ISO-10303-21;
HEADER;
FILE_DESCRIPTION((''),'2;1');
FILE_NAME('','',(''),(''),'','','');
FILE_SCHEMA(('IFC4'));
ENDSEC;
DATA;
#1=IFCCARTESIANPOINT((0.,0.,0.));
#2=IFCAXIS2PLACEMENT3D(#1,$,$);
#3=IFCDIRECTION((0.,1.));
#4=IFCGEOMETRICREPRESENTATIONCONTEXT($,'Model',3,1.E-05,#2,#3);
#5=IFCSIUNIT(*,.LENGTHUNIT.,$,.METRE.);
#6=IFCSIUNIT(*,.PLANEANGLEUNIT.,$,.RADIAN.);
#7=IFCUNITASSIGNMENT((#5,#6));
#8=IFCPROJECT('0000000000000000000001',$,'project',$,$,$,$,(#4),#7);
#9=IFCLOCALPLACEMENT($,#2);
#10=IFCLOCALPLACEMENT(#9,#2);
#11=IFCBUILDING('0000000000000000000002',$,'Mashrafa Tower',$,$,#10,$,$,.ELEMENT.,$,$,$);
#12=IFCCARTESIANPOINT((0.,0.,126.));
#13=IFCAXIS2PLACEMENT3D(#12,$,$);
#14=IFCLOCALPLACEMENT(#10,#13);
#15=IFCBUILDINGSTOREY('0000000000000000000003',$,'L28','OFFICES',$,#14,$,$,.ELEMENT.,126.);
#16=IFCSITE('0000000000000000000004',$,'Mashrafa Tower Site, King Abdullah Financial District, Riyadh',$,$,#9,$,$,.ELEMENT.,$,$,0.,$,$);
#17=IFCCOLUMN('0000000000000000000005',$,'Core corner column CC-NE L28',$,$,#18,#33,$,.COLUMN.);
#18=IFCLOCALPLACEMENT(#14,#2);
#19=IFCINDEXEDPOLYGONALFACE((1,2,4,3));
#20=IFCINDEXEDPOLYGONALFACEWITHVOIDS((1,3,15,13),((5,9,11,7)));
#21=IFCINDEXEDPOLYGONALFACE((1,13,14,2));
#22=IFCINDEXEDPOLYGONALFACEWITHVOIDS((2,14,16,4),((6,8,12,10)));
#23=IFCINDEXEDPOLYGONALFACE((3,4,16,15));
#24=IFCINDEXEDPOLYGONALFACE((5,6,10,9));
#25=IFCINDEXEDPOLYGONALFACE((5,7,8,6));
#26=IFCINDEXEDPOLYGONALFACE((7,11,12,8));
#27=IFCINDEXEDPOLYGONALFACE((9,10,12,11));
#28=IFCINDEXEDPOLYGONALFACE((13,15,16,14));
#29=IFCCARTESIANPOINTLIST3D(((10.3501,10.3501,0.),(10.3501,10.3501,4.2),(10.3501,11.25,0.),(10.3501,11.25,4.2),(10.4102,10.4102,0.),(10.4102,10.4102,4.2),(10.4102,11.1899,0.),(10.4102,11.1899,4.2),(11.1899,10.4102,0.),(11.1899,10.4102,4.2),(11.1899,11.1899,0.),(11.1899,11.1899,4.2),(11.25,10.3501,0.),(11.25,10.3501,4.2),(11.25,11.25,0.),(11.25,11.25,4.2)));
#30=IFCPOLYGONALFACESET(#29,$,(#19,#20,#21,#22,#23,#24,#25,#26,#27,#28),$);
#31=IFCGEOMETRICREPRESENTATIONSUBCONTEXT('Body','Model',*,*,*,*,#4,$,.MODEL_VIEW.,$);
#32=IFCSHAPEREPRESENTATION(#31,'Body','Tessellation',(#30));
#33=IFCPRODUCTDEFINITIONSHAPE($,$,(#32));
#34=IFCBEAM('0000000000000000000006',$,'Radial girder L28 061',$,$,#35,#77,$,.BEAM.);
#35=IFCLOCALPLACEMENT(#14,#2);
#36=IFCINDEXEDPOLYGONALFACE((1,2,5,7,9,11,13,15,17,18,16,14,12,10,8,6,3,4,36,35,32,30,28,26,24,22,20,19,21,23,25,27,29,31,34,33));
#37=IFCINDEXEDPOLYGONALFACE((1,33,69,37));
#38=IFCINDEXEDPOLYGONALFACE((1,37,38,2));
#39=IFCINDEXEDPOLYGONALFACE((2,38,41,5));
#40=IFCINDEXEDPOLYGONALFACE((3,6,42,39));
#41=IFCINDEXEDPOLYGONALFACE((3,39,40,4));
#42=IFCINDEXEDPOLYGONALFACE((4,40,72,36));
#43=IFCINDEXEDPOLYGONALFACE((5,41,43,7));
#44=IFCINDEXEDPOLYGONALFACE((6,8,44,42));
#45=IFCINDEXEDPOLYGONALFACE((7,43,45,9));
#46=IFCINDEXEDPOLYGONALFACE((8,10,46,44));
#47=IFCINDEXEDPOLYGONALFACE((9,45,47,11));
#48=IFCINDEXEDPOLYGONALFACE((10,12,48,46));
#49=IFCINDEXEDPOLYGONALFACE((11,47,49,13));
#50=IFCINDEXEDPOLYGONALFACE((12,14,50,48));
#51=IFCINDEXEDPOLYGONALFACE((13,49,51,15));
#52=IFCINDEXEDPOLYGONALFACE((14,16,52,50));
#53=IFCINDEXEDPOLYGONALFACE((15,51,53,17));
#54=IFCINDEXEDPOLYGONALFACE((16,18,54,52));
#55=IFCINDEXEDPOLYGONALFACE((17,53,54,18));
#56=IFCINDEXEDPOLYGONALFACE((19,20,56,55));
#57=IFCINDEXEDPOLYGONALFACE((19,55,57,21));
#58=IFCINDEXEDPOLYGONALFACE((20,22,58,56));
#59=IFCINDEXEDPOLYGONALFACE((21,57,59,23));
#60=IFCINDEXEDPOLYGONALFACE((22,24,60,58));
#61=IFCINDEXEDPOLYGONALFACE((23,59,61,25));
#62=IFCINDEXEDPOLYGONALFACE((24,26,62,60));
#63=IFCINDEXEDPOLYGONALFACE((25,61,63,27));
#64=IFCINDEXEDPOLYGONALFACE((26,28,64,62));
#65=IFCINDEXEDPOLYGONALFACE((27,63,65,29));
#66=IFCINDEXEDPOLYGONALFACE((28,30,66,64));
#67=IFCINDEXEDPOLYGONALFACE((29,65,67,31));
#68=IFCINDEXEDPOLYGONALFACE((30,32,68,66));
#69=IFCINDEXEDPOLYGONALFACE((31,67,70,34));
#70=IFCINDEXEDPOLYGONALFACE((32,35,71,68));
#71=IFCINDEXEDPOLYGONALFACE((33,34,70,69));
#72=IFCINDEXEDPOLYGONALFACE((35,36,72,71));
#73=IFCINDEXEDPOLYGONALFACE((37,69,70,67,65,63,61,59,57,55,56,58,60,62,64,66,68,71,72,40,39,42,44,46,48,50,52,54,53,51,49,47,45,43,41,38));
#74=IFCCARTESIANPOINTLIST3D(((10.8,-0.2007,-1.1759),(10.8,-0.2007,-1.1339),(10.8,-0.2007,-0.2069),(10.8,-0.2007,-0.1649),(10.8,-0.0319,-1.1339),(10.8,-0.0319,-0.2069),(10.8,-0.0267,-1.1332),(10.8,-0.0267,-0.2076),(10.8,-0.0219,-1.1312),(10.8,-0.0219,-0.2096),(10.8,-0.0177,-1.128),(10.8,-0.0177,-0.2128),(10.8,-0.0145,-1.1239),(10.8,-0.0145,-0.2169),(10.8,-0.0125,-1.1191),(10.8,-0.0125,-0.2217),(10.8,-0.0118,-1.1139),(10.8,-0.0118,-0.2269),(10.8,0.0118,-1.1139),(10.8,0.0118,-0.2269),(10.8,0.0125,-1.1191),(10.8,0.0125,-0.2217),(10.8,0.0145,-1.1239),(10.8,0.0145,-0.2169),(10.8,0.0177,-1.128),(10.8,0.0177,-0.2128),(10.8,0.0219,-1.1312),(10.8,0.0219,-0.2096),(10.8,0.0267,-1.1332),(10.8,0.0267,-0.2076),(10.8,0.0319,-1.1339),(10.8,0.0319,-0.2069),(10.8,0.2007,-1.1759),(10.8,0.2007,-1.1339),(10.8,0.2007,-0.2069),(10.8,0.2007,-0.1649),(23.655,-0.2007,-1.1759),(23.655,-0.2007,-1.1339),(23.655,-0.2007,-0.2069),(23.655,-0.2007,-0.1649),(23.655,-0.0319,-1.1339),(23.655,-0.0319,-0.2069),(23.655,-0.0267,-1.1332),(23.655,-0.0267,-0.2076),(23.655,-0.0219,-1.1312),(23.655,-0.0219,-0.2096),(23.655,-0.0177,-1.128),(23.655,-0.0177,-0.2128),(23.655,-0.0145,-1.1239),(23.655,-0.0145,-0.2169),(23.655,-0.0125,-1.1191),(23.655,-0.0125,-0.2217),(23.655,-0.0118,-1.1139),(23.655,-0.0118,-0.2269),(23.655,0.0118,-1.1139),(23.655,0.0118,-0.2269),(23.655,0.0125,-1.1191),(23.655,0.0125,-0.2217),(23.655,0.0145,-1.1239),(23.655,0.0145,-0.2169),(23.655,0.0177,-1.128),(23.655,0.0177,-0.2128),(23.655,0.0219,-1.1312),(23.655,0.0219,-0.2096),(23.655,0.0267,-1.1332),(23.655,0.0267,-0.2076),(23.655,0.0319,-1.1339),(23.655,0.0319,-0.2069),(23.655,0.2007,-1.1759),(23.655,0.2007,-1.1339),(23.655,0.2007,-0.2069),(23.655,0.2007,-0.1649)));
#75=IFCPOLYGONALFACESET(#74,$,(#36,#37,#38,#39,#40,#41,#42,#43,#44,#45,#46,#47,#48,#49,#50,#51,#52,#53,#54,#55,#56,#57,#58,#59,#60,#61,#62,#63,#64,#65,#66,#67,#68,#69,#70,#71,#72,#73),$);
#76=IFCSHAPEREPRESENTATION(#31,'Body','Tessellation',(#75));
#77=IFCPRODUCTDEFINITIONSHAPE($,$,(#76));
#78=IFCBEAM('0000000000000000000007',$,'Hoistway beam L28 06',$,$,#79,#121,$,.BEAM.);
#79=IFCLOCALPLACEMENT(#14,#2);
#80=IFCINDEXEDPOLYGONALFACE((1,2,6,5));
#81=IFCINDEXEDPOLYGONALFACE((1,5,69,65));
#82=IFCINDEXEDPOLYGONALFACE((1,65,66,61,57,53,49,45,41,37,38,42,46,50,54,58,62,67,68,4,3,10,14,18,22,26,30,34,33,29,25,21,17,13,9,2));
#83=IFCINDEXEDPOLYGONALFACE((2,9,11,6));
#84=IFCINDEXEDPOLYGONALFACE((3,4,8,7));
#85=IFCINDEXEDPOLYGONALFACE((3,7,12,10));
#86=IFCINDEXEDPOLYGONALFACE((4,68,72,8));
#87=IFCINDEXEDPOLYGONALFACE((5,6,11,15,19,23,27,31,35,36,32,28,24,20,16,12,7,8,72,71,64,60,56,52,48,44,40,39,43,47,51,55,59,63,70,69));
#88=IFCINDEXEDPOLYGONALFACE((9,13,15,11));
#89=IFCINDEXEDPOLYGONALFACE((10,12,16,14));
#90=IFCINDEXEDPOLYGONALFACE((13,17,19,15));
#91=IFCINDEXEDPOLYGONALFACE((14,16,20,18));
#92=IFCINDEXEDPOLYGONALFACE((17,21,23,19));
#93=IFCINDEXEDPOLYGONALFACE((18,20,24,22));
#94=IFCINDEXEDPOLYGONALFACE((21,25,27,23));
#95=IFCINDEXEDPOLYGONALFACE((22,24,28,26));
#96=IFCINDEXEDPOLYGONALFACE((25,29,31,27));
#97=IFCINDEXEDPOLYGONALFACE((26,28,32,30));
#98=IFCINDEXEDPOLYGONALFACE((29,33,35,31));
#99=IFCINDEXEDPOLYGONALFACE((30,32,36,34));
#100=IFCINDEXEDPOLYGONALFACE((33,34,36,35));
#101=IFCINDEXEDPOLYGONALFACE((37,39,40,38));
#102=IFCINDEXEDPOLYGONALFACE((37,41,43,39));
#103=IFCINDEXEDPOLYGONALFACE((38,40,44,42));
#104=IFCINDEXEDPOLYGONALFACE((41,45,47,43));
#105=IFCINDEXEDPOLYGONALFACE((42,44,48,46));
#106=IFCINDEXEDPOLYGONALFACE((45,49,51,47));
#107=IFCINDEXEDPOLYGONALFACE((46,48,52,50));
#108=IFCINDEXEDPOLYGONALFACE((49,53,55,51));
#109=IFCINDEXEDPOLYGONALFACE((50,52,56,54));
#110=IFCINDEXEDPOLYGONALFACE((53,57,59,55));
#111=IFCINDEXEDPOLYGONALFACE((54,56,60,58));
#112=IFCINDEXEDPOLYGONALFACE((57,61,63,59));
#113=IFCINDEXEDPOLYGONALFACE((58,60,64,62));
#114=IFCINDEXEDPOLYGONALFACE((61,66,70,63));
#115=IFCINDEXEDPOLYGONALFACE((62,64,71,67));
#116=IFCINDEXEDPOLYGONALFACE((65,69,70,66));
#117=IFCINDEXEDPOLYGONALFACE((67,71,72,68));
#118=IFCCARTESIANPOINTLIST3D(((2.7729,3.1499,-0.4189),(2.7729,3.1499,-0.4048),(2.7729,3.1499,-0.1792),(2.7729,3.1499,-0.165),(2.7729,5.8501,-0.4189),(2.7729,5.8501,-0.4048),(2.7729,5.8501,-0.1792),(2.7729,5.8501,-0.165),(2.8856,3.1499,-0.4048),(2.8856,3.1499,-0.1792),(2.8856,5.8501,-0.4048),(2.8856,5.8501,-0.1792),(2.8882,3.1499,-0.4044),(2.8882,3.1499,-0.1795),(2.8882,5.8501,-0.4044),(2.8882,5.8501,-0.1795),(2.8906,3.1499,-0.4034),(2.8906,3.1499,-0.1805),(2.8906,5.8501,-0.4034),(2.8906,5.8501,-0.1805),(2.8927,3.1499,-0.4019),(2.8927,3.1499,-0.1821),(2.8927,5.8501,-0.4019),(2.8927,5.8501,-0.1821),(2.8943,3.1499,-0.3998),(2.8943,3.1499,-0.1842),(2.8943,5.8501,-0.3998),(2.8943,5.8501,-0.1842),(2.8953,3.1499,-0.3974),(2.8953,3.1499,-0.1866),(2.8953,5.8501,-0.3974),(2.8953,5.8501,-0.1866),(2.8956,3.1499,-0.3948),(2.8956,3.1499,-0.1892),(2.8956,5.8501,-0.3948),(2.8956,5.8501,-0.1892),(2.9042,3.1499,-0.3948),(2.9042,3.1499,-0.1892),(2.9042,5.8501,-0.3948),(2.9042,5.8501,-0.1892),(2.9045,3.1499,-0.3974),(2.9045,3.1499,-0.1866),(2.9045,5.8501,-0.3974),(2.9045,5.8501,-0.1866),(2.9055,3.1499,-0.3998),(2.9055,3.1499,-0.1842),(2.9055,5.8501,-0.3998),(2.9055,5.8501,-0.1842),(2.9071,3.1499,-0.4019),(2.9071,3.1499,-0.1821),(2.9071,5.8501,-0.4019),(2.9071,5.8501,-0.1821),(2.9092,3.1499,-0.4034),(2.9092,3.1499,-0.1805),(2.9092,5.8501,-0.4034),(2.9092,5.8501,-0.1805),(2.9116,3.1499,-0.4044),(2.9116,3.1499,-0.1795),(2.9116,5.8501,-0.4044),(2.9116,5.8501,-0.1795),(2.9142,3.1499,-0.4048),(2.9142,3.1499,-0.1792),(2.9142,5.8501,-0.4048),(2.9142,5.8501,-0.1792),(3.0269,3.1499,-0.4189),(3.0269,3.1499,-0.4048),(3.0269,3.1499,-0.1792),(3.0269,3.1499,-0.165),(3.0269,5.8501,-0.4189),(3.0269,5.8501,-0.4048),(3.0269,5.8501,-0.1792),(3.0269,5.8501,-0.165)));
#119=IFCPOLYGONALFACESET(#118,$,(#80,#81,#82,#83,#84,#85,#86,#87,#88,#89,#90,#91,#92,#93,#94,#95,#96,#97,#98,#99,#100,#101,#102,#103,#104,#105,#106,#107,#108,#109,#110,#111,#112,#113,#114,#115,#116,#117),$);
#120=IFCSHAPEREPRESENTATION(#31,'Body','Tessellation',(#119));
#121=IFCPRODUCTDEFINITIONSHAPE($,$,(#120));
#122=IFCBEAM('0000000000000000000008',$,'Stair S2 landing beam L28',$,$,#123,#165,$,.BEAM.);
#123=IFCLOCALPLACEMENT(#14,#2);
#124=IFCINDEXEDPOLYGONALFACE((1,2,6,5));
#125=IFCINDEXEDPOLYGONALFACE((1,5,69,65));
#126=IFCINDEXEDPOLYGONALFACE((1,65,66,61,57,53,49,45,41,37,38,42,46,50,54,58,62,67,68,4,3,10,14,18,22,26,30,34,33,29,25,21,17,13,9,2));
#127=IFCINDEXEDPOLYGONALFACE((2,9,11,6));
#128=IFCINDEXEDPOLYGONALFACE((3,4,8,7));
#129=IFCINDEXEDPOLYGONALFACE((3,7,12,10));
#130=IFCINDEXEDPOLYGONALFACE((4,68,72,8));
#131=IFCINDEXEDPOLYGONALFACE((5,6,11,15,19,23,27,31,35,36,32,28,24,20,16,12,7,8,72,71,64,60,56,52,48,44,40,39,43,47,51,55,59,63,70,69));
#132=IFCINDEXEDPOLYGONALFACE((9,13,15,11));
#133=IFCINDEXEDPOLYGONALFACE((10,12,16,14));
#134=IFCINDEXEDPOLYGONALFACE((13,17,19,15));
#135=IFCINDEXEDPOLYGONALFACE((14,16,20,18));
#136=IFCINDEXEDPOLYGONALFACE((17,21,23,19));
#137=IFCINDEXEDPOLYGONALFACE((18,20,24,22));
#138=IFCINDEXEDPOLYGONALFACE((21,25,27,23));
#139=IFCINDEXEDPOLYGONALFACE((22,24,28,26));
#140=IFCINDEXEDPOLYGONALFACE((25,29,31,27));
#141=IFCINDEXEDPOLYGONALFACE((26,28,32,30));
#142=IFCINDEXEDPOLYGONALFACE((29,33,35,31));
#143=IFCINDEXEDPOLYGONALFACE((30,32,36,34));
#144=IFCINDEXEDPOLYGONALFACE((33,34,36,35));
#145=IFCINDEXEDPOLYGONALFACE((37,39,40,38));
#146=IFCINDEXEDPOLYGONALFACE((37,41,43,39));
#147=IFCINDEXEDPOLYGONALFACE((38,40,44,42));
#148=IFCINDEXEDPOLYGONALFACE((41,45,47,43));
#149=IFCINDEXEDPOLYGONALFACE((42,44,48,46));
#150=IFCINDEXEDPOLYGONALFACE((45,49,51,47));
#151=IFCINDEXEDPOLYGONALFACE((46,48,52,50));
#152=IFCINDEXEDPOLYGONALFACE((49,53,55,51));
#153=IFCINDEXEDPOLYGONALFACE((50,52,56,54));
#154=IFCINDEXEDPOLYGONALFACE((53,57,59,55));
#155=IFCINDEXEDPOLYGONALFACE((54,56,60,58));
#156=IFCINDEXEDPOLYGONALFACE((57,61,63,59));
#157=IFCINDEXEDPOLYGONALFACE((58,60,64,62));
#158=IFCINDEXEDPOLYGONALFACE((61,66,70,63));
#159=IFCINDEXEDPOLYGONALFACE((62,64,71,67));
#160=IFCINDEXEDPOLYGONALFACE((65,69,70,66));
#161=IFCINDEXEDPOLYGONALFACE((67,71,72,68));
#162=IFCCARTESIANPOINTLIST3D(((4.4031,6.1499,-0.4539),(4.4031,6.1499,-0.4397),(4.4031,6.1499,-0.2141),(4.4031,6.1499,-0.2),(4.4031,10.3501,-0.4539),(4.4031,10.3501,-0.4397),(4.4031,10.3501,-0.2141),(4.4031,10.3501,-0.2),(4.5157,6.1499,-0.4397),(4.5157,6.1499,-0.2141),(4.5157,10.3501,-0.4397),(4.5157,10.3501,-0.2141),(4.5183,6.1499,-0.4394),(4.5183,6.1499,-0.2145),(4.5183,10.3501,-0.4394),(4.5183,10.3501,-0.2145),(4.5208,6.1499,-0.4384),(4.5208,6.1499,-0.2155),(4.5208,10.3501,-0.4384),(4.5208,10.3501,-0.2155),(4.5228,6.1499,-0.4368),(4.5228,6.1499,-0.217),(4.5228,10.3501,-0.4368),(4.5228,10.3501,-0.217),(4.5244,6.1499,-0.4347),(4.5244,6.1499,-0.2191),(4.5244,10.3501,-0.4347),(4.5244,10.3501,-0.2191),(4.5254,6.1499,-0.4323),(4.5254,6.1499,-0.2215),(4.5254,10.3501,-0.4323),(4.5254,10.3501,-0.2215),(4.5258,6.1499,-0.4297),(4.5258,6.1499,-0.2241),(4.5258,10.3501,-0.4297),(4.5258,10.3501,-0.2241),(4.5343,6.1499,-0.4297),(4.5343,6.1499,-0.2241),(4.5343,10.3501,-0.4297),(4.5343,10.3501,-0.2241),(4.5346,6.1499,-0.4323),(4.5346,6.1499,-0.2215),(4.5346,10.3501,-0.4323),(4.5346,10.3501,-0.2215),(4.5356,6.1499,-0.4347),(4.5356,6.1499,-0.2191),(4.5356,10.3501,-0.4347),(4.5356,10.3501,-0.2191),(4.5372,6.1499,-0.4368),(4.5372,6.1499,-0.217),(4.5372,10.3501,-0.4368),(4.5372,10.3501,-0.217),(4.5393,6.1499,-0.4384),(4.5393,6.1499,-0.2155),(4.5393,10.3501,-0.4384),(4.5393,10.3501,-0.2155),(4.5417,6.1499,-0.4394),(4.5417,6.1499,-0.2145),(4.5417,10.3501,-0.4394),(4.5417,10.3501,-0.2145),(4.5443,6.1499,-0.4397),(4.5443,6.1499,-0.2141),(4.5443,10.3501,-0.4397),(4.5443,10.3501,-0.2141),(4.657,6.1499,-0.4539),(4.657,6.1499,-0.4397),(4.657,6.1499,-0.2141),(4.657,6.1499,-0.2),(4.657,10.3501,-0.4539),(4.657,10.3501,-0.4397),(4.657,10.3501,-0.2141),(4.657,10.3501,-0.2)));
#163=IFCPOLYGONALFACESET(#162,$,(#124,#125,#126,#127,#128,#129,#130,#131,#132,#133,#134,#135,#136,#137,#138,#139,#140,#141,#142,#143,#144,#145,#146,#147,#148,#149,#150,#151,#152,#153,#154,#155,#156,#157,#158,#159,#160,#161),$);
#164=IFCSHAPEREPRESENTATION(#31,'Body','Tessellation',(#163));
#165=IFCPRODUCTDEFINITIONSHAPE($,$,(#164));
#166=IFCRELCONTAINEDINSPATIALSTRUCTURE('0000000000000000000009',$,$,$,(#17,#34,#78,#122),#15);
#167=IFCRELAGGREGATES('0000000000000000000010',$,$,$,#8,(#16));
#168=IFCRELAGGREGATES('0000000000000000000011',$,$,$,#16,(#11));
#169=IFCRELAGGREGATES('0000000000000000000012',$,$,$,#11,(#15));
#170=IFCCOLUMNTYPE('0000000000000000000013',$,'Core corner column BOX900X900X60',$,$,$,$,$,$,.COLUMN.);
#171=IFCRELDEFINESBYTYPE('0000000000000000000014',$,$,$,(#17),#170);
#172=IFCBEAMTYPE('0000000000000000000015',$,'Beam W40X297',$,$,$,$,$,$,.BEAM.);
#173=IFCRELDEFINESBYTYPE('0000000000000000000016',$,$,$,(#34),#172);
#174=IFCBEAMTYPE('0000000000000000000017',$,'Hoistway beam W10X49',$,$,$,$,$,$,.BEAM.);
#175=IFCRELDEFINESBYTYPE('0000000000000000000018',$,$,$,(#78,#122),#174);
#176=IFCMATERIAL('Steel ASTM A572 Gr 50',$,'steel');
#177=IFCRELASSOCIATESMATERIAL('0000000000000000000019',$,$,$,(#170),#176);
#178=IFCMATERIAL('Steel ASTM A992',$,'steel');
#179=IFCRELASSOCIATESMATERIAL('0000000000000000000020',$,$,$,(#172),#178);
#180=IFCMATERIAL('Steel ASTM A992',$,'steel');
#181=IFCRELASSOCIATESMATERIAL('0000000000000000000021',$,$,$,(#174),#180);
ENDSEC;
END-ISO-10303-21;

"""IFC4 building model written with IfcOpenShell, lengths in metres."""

from ifc_helpers import new_model, si_unit, direction, frame, origin, origin_2d, place, context, subcontext, project, spatial, hollow_rectangle, i_section, extrude, material, material_profile, profile_set, type_object, element, save


model = new_model("IFC4")

# Units and contexts
model_context = context("Model", 3, precision=1e-05, world=origin(), true_north=direction((0.0, 1.0)))
body_context = subcontext(model_context, "Body", "Model", "MODEL_VIEW")
ifc_project = project(units=[si_unit("LENGTHUNIT", "METRE"), si_unit("PLANEANGLEUNIT", "RADIAN")], contexts=[model_context])

# Site, building, storey
site_placement = place(None, origin())
site = spatial("IfcSite", under=ifc_project, at=site_placement, Name="Mashrafa Tower Site, King Abdullah Financial District, Riyadh", CompositionType="ELEMENT", RefElevation=0.0)
building_placement = place(site_placement, origin())
building = spatial("IfcBuilding", under=site, at=building_placement, Name="Mashrafa Tower", CompositionType="ELEMENT")
storey_placement = place(building_placement, frame((0.0, 0.0, 126.0)))
storey = spatial("IfcBuildingStorey", under=building, at=storey_placement, Name="L28", Description="OFFICES", CompositionType="ELEMENT", Elevation=126.0)

# Column
ifc_material_1 = material(Name="Steel ASTM A572 Gr 50", Category="steel")
ifc_material_profile_1 = material_profile(ifc_material_1, hollow_rectangle(XDim=0.8999, YDim=0.8999, WallThickness=0.0601, at=origin_2d()), Name="BOX900X900X60")
ifc_profile_set_1 = profile_set([ifc_material_profile_1], Name="Steel ASTM A572 Gr 50")
column_type = type_object("IfcColumnType", Name="Core corner column BOX900X900X60", PredefinedType="COLUMN", material=ifc_profile_set_1)
column_placement = place(storey_placement, frame((10.8, 10.8, 0.0), z_axis=(0.0, 0.0, 1.0), x_axis=(1.0, 0.0, 0.0)))
element("IfcColumn", 1, at=column_placement, inside=storey, type_object=column_type, Name="Core corner column CC-NE L28", PredefinedType="COLUMN", context=body_context, shape_type="SweptSolid", body=[
    extrude(hollow_rectangle(XDim=0.8999, YDim=0.8999, WallThickness=0.0601, at=origin_2d()), origin(), (0.0, 0.0, 1.0), 4.2),
])

# Beams
ifc_material_2 = material(Name="Steel ASTM A992", Category="steel")
ifc_material_profile_2 = material_profile(ifc_material_2, i_section(OverallWidth=0.4014, OverallDepth=1.011, WebThickness=0.0237, FlangeThickness=0.042, FilletRadius=0.02, at=origin_2d()), Name="W40X297")
ifc_profile_set_2 = profile_set([ifc_material_profile_2], Name="Steel ASTM A992")
beam_type_1 = type_object("IfcBeamType", Name="Beam W40X297", PredefinedType="BEAM", material=ifc_profile_set_2)
beam_1_placement = place(storey_placement, frame((10.8, 0.0, -0.6704), z_axis=(1.0, 0.0, 0.0), x_axis=(0.0, 1.0, 0.0)))
element("IfcBeam", 2, at=beam_1_placement, inside=storey, type_object=beam_type_1, Name="Radial girder L28 061", PredefinedType="BEAM", context=body_context, shape_type="SweptSolid", body=[
    extrude(i_section(OverallWidth=0.4014, OverallDepth=1.011, WebThickness=0.0237, FlangeThickness=0.042, FilletRadius=0.02, at=origin_2d()), origin(), (0.0, 0.0, 1.0), 12.855),
])
ifc_material_3 = material(Name="Steel ASTM A992", Category="steel")
ifc_material_profile_3 = material_profile(ifc_material_3, i_section(OverallWidth=0.2539, OverallDepth=0.2539, WebThickness=0.0085, FlangeThickness=0.0142, FilletRadius=0.01, at=origin_2d()), Name="W10X49")
ifc_profile_set_3 = profile_set([ifc_material_profile_3], Name="Steel ASTM A992")
beam_type_2 = type_object("IfcBeamType", Name="Hoistway beam W10X49", PredefinedType="BEAM", material=ifc_profile_set_3)
beam_2_placement = place(storey_placement, frame((2.8999, 3.1499, -0.292), z_axis=(0.0, 1.0, 0.0), x_axis=(-1.0, 0.0, 0.0)))
element("IfcBeam", 3, at=beam_2_placement, inside=storey, type_object=beam_type_2, Name="Hoistway beam L28 06", PredefinedType="BEAM", context=body_context, shape_type="SweptSolid", body=[
    extrude(i_section(OverallWidth=0.2539, OverallDepth=0.2539, WebThickness=0.0085, FlangeThickness=0.0142, FilletRadius=0.01, at=origin_2d()), origin(), (0.0, 0.0, 1.0), 2.7002),
])
beam_3_placement = place(storey_placement, frame((4.53, 6.1499, -0.3269), z_axis=(0.0, 1.0, 0.0), x_axis=(-1.0, 0.0, 0.0)))
element("IfcBeam", 4, at=beam_3_placement, inside=storey, type_object=beam_type_2, Name="Stair S2 landing beam L28", PredefinedType="BEAM", context=body_context, shape_type="SweptSolid", body=[
    extrude(i_section(OverallWidth=0.2539, OverallDepth=0.2539, WebThickness=0.0085, FlangeThickness=0.0142, FilletRadius=0.01, at=origin_2d()), origin(), (0.0, 0.0, 1.0), 4.2002),
])

save(model, "model.ifc")
